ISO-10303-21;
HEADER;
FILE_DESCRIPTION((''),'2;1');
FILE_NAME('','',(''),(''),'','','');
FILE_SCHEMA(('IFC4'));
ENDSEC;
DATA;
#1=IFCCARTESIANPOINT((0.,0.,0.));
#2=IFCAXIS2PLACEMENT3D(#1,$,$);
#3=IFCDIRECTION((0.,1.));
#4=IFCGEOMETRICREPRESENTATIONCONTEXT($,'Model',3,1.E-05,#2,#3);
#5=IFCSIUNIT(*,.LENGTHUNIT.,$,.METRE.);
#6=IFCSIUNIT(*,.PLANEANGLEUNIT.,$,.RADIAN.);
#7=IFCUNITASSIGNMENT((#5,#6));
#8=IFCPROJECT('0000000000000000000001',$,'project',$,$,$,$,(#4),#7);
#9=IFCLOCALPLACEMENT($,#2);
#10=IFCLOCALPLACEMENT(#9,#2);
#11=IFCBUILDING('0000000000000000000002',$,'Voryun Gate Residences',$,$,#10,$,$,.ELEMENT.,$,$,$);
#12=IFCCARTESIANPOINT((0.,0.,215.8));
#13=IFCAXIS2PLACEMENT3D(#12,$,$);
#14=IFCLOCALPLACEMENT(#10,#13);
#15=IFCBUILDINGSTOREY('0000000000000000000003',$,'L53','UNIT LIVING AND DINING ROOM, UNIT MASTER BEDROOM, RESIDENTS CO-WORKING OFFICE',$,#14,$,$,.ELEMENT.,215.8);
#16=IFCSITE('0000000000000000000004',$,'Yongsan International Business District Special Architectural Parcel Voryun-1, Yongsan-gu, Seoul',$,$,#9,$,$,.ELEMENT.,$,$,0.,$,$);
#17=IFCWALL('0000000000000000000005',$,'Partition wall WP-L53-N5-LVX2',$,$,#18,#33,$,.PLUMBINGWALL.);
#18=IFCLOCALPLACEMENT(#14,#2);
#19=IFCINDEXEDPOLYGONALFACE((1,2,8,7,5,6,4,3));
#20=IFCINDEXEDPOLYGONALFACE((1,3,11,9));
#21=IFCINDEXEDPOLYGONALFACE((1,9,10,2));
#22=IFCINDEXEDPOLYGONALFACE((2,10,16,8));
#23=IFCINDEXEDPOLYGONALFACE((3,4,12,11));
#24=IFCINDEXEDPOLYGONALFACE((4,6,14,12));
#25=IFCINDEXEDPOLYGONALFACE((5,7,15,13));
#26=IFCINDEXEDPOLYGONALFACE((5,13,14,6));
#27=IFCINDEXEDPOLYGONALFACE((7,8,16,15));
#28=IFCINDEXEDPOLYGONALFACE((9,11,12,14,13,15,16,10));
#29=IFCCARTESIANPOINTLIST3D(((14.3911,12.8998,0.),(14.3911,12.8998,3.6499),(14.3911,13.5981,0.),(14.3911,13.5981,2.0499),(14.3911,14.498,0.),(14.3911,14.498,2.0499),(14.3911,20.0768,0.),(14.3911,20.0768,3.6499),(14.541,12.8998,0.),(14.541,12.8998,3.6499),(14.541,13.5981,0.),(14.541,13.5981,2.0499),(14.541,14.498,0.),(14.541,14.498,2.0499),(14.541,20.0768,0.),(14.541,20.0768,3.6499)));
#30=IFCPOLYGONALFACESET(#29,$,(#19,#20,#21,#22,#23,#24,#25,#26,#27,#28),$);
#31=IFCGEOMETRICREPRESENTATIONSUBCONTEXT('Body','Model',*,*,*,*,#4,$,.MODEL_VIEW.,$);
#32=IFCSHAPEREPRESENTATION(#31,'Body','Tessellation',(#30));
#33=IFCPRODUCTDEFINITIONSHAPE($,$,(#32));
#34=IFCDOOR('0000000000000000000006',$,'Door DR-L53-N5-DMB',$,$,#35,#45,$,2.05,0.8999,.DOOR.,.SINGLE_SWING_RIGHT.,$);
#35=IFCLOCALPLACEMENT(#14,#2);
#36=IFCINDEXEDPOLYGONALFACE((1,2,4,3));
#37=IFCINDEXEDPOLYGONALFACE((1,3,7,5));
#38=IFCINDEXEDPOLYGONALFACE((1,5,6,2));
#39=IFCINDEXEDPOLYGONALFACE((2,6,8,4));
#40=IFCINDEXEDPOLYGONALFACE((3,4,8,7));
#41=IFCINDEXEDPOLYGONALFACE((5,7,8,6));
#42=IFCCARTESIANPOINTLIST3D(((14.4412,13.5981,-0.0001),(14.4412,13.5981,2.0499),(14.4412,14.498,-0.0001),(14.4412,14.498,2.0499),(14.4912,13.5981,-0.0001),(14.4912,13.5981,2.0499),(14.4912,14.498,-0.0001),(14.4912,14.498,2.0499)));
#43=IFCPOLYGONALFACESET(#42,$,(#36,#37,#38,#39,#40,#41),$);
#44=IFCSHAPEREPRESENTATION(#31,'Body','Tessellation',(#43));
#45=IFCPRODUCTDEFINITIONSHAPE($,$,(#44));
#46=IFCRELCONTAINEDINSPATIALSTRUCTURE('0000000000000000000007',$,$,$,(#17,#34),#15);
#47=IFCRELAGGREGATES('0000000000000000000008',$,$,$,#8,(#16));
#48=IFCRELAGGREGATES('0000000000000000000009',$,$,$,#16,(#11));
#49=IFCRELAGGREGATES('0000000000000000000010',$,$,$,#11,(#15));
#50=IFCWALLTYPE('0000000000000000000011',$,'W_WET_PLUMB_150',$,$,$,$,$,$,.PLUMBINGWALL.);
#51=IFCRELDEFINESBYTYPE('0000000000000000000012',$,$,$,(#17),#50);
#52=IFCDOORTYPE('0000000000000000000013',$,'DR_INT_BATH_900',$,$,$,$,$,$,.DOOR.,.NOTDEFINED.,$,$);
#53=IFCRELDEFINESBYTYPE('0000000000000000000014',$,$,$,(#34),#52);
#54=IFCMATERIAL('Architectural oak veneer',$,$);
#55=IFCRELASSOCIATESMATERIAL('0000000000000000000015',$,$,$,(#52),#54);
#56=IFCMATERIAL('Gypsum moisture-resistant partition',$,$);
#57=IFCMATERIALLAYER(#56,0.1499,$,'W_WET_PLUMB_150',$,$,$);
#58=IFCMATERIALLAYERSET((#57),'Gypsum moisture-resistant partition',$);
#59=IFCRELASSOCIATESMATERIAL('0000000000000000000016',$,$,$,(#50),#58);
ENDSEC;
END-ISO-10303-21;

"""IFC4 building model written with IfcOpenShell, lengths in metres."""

from ifc_helpers import new_model, si_unit, direction, frame, frame_2d, origin, place, context, subcontext, project, spatial, rectangle, extrude, material, layer, layer_set, type_object, element, fill, save


model = new_model("IFC4")

# Units and contexts
model_context = context("Model", 3, precision=1e-05, world=origin(), true_north=direction((0.0, 1.0)))
body_context = subcontext(model_context, "Body", "Model", "MODEL_VIEW")
ifc_project = project(units=[si_unit("LENGTHUNIT", "METRE"), si_unit("PLANEANGLEUNIT", "RADIAN")], contexts=[model_context])

# Site, building, storey
site_placement = place(None, origin())
site = spatial("IfcSite", under=ifc_project, at=site_placement, Name="Yongsan International Business District Special Architectural Parcel Voryun-1, Yongsan-gu, Seoul", CompositionType="ELEMENT", RefElevation=0.0)
building_placement = place(site_placement, origin())
building = spatial("IfcBuilding", under=site, at=building_placement, Name="Voryun Gate Residences", CompositionType="ELEMENT")
storey_placement = place(building_placement, frame((0.0, 0.0, 215.8)))
storey = spatial("IfcBuildingStorey", under=building, at=storey_placement, Name="L53", Description="UNIT LIVING AND DINING ROOM, UNIT MASTER BEDROOM, RESIDENTS CO-WORKING OFFICE", CompositionType="ELEMENT", Elevation=215.8)

# Shared definitions
ifc_material_1 = material(Name="Architectural oak veneer")
door_type_1 = type_object("IfcDoorType", Name="DR_INT_BATH_900", OperationType="NOTDEFINED", PredefinedType="DOOR", material=ifc_material_1)

# Shared definitions
ifc_material_2 = material(Name="Gypsum moisture-resistant partition")
ifc_layer_1 = layer(ifc_material_2, 0.1499, Name="W_WET_PLUMB_150")
ifc_layer_set_1 = layer_set([ifc_layer_1], Name="Gypsum moisture-resistant partition")
wall_type_1 = type_object("IfcWallType", Name="W_WET_PLUMB_150", PredefinedType="PLUMBINGWALL", material=ifc_layer_set_1)

# Wall, opening, door
wall_1_placement = place(storey_placement, frame((14.4661, 12.8999, 0.0), z_axis=(0.0, 0.0, 1.0), x_axis=(0.0, 1.0, 0.0)))
wall_1 = element("IfcWall", 1, at=wall_1_placement, inside=storey, type_object=wall_type_1, Name="Partition wall WP-L53-N5-LVX2", PredefinedType="PLUMBINGWALL", context=body_context, shape_type="SweptSolid", body=[
    extrude(rectangle(XDim=7.177, YDim=0.1499, at=frame_2d((3.5884, 0.0))), origin(), (0.0, 0.0, 1.0), 3.6499),
])
opening_1_placement = place(wall_1_placement, frame((0.6982, 0.0, 0.0)))
opening_1 = element("IfcOpeningElement", 2, at=opening_1_placement, cuts=wall_1, PredefinedType="OPENING", context=body_context, shape_type="SweptSolid", body=[
    extrude(rectangle(XDim=0.8999, YDim=2.05, at=frame_2d((0.45, 1.0249))), frame((0.0, 0.085, 0.0), z_axis=(0.0, -1.0, 0.0), x_axis=(1.0, 0.0, 0.0)), (0.0, 0.0, 1.0), 0.1699),
])
door_1_placement = place(opening_1_placement, origin())
door_1 = element("IfcDoor", 3, at=door_1_placement, inside=storey, type_object=door_type_1, Name="Door DR-L53-N5-DMB", OperationType="SINGLE_SWING_RIGHT", OverallHeight=2.05, OverallWidth=0.8999, PredefinedType="DOOR", context=body_context, shape_type="SweptSolid", body=[
    extrude(rectangle(XDim=0.8999, YDim=2.05, at=frame_2d((0.45, 1.0249))), frame((0.0, 0.0249, 0.0), z_axis=(0.0, -1.0, 0.0), x_axis=(1.0, 0.0, 0.0)), (0.0, 0.0, 1.0), 0.05),
])
fill(opening_1, door_1)

save(model, "model.ifc")
